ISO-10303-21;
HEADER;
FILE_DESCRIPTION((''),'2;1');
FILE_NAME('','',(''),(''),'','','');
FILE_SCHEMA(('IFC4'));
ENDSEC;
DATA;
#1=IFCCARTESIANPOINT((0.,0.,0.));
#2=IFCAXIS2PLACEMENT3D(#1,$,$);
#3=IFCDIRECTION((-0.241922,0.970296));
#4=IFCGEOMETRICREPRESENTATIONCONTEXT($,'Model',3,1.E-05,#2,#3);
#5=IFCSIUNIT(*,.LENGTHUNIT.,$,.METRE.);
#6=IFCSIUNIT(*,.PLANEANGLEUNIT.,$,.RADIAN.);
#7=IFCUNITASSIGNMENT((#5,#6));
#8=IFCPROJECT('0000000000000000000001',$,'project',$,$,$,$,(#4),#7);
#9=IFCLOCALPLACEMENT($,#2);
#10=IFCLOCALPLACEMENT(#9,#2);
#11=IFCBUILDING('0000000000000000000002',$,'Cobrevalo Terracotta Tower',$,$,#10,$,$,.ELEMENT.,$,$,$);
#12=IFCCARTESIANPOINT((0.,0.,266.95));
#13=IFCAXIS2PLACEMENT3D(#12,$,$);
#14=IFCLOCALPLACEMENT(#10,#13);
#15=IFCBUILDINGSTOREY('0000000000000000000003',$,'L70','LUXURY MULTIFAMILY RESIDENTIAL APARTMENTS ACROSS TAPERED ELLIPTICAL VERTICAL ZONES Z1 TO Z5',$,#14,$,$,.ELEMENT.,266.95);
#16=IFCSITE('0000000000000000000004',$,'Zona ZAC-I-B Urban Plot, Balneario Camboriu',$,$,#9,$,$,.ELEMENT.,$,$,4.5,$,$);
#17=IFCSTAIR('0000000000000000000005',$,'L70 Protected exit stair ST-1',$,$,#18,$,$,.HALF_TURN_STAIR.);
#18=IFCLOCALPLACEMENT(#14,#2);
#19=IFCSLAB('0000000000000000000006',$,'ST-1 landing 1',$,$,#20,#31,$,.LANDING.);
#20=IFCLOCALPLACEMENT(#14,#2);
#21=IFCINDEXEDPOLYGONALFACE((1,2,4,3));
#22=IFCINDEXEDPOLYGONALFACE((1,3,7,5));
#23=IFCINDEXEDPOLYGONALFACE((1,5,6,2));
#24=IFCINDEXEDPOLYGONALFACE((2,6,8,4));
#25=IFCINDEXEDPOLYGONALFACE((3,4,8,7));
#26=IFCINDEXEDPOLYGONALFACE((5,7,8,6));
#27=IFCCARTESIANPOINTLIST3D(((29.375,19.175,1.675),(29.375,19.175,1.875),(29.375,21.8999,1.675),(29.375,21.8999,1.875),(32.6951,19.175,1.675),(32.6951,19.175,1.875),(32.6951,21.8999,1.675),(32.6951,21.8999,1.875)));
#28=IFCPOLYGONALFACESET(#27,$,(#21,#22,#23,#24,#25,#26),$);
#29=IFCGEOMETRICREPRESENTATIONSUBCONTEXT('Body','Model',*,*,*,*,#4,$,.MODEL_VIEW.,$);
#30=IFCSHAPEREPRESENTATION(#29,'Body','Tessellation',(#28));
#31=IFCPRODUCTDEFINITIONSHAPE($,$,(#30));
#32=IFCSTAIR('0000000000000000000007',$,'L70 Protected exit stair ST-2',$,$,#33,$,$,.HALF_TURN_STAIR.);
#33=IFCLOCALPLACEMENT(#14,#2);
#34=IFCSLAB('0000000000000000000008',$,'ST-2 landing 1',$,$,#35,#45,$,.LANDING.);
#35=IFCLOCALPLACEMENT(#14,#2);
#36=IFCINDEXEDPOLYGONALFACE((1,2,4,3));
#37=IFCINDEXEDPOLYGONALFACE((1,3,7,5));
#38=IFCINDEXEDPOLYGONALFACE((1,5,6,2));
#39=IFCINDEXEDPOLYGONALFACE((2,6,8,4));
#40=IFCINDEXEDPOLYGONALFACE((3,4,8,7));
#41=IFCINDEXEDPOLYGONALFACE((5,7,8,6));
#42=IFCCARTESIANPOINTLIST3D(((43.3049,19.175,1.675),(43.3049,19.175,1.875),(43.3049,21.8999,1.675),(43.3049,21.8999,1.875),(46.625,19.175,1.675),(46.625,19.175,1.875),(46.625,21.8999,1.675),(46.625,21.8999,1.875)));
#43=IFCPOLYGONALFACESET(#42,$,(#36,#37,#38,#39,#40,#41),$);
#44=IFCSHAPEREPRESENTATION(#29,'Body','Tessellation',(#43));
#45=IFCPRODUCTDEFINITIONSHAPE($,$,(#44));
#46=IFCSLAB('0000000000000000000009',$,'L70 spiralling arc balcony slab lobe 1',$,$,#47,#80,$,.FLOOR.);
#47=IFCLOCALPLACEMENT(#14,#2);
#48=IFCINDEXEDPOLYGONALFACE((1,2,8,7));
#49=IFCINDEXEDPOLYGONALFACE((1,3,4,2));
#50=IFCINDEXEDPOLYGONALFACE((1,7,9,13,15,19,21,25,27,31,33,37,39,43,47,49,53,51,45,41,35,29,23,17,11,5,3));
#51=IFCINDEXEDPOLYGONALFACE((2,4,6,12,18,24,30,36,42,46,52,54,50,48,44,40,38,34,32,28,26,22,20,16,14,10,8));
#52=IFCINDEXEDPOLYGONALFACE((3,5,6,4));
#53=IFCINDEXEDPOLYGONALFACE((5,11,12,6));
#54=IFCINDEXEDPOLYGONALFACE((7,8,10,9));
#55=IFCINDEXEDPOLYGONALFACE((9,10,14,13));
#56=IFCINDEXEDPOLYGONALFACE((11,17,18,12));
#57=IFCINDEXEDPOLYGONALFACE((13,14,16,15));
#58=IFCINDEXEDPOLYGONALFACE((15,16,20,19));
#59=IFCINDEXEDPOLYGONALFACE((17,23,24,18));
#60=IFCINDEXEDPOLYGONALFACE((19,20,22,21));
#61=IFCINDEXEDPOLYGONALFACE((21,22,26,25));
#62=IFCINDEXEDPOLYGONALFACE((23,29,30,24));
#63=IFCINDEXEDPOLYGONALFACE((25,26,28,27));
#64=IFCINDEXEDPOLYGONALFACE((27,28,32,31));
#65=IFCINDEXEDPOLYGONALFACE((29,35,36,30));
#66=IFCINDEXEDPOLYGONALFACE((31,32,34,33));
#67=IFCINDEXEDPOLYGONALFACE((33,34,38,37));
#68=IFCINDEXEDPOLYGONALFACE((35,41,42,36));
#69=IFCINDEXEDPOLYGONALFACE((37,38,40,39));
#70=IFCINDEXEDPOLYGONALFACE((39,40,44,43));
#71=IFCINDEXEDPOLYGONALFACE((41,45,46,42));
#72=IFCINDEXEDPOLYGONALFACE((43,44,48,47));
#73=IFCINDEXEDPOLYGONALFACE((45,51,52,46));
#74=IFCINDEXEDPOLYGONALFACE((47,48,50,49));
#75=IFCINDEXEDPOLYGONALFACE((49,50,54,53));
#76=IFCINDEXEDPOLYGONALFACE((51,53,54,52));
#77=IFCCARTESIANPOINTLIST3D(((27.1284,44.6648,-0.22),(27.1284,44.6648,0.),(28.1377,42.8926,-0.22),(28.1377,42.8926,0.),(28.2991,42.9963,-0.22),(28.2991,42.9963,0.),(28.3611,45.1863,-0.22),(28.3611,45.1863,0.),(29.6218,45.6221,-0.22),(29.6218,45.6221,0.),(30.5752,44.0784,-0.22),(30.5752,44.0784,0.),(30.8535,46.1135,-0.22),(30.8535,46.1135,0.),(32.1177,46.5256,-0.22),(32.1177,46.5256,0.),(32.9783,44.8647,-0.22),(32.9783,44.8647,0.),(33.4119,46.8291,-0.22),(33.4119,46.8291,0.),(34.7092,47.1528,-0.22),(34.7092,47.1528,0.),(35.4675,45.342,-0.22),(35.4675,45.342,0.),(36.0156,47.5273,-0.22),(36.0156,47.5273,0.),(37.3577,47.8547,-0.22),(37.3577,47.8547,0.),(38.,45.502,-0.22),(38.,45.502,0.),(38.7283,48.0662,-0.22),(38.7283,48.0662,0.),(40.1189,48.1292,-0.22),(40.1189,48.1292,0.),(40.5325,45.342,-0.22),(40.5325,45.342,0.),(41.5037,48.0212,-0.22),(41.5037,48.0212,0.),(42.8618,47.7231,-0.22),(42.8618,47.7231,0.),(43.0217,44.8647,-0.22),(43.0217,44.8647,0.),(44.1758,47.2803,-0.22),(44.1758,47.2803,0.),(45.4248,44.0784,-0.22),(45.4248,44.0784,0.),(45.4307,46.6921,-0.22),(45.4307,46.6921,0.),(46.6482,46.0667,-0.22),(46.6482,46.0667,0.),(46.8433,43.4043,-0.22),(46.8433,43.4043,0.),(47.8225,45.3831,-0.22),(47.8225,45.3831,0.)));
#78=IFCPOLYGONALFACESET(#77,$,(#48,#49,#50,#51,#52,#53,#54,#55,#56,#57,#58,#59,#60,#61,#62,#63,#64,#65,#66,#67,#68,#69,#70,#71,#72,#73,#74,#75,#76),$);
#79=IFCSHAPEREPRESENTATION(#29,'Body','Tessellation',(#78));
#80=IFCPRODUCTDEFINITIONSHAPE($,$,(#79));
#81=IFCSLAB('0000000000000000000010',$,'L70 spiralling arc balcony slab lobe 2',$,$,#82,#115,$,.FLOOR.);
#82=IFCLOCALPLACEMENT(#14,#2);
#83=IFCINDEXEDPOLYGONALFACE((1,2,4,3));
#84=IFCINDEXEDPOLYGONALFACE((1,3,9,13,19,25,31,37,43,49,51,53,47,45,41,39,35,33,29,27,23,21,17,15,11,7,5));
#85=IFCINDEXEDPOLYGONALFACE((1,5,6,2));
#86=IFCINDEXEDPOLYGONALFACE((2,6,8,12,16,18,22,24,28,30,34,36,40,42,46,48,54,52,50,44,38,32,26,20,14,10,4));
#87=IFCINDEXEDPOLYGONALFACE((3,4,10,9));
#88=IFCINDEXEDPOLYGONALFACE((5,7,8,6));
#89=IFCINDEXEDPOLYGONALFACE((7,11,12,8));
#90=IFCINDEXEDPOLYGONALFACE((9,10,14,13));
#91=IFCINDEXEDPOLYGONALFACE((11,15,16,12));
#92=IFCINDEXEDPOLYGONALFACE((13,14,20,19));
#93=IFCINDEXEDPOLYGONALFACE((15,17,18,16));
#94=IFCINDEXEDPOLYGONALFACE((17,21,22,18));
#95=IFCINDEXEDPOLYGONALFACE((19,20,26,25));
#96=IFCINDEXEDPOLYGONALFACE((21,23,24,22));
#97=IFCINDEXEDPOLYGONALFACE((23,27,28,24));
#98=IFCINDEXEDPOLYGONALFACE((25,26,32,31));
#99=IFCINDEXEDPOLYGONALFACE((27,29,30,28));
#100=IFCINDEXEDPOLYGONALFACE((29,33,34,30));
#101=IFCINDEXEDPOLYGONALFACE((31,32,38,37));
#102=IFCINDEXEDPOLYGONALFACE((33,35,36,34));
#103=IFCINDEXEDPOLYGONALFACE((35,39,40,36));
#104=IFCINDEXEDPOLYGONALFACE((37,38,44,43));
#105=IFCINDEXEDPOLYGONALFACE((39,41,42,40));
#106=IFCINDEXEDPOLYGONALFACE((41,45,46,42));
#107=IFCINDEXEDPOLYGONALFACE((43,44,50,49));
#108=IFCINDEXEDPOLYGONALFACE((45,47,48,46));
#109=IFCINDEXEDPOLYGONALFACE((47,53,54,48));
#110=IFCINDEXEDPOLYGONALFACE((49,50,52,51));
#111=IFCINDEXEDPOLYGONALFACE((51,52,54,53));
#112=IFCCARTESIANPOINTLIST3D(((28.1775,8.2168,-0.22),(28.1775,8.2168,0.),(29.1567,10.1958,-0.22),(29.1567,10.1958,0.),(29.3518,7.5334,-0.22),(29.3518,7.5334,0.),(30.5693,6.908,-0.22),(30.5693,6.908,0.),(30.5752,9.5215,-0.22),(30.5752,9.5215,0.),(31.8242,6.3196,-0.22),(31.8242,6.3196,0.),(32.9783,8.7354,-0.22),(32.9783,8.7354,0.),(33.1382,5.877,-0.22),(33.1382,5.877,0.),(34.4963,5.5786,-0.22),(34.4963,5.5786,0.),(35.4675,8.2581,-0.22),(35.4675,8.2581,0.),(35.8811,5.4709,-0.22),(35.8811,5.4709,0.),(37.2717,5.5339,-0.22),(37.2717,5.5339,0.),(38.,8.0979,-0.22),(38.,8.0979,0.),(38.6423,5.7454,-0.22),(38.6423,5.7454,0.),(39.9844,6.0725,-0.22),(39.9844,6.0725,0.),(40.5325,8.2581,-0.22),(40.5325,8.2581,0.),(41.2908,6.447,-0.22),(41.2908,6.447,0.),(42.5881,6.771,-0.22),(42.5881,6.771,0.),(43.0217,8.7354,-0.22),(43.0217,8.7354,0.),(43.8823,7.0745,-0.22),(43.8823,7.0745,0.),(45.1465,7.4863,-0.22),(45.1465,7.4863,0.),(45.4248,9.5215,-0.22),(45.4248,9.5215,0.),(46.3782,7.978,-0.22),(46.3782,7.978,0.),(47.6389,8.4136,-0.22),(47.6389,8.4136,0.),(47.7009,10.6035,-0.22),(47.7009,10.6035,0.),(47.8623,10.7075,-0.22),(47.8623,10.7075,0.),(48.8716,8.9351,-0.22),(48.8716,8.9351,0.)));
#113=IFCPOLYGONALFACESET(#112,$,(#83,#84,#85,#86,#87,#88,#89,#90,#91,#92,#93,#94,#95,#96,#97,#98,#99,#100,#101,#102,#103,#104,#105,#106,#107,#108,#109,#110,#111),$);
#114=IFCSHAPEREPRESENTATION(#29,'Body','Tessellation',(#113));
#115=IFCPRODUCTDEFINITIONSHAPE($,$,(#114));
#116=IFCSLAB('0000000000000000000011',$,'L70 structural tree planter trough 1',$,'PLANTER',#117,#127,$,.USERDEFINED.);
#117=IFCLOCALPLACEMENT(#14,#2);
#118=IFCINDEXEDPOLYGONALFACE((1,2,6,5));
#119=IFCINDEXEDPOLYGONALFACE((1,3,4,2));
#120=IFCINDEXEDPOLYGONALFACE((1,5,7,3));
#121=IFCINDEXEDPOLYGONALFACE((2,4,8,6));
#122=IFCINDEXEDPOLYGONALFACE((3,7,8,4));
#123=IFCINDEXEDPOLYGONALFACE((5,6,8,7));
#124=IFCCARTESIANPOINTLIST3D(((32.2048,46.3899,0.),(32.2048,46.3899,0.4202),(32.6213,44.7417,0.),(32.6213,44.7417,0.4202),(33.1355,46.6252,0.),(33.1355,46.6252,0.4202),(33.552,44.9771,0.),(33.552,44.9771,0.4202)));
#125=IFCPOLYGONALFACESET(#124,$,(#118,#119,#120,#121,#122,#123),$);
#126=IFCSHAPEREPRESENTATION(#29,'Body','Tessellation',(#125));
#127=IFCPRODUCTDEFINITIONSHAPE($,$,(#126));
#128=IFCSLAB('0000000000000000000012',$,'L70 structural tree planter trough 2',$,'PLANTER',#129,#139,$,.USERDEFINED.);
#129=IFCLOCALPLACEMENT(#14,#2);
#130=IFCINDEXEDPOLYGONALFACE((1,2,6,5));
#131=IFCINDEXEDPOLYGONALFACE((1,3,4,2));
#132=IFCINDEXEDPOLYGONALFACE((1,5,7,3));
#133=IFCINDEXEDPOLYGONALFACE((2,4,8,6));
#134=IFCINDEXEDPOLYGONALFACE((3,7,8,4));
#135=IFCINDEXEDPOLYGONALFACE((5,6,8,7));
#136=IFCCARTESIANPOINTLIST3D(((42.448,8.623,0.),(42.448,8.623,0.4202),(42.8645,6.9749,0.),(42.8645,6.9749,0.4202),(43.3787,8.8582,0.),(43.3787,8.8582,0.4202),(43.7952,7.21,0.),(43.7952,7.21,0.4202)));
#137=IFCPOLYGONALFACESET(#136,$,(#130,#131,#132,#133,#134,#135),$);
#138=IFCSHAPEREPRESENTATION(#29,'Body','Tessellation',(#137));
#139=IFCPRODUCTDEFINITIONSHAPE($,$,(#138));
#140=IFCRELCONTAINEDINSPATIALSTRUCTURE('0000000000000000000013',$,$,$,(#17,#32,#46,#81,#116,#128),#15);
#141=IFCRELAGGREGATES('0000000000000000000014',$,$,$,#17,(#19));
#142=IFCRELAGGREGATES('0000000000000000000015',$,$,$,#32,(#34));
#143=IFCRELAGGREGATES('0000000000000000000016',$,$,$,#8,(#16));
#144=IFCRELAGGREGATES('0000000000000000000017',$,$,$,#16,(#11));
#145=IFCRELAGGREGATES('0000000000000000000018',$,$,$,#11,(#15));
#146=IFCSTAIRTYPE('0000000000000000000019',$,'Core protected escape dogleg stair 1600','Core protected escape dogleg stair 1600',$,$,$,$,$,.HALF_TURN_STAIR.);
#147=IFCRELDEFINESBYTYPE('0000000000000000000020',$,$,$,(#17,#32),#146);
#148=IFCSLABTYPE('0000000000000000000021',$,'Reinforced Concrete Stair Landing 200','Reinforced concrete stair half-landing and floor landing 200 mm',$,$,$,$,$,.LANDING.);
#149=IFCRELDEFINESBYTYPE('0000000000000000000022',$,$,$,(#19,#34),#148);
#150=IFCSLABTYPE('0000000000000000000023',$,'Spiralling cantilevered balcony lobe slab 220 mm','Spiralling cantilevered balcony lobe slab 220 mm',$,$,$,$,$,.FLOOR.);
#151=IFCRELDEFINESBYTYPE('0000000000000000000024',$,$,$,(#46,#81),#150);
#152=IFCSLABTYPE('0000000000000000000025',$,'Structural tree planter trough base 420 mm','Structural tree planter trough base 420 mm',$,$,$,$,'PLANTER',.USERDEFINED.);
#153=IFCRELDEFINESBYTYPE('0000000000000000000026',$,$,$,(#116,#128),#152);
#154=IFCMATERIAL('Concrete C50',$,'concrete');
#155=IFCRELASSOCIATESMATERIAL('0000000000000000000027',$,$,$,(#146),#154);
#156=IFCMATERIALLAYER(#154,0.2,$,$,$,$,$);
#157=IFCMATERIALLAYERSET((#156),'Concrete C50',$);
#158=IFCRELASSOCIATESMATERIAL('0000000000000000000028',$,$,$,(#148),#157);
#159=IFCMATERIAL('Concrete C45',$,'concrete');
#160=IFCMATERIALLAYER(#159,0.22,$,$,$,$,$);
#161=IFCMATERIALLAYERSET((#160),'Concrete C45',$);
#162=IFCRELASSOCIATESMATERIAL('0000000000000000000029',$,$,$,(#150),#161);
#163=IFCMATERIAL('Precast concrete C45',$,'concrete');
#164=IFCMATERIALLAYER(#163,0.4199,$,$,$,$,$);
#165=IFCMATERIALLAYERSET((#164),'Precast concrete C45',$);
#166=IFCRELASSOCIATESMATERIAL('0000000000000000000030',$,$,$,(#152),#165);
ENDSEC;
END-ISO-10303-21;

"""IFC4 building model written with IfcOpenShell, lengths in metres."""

from ifc_helpers import new_model, si_unit, direction, frame, origin, place, context, subcontext, project, spatial, polyline, outline, extrude, material, layer, layer_set, type_object, element, aggregate, save


model = new_model("IFC4")

# Units and contexts
model_context = context("Model", 3, precision=1e-05, world=origin(), true_north=direction((-0.241922, 0.970296)))
body_context = subcontext(model_context, "Body", "Model", "MODEL_VIEW")
ifc_project = project(units=[si_unit("LENGTHUNIT", "METRE"), si_unit("PLANEANGLEUNIT", "RADIAN")], contexts=[model_context])

# Site, building, storey
site_placement = place(None, origin())
site = spatial("IfcSite", under=ifc_project, at=site_placement, Name="Zona ZAC-I-B Urban Plot, Balneario Camboriu", CompositionType="ELEMENT", RefElevation=4.5)
building_placement = place(site_placement, origin())
building = spatial("IfcBuilding", under=site, at=building_placement, Name="Cobrevalo Terracotta Tower", CompositionType="ELEMENT")
storey_placement = place(building_placement, frame((0.0, 0.0, 266.95)))
storey = spatial("IfcBuildingStorey", under=building, at=storey_placement, Name="L70", Description="LUXURY MULTIFAMILY RESIDENTIAL APARTMENTS ACROSS TAPERED ELLIPTICAL VERTICAL ZONES Z1 TO Z5", CompositionType="ELEMENT", Elevation=266.95)

# Stairs, slabs
ifc_material_1 = material(Name="Concrete C50", Category="concrete")
stair_type = type_object("IfcStairType", Name="Core protected escape dogleg stair 1600", Description="Core protected escape dogleg stair 1600", PredefinedType="HALF_TURN_STAIR", material=ifc_material_1)
stair_1_placement = place(storey_placement, origin())
stair_1 = element("IfcStair", 1, at=stair_1_placement, inside=storey, type_object=stair_type, Name="L70 Protected exit stair ST-1", PredefinedType="HALF_TURN_STAIR")
ifc_layer_1 = layer(ifc_material_1, 0.2)
ifc_layer_set_1 = layer_set([ifc_layer_1], Name="Concrete C50")
slab_type_1 = type_object("IfcSlabType", Name="Reinforced Concrete Stair Landing 200", Description="Reinforced concrete stair half-landing and floor landing 200 mm", PredefinedType="LANDING", material=ifc_layer_set_1)
slab_1_placement = place(storey_placement, frame((0.0, 0.0, 1.675)))
slab_1 = element("IfcSlab", 2, at=slab_1_placement, type_object=slab_type_1, Name="ST-1 landing 1", PredefinedType="LANDING", context=body_context, shape_type="SweptSolid", body=[
    extrude(outline(polyline([(29.375, 21.8999), (29.375, 19.175), (32.6951, 19.175), (32.6951, 21.8999), (29.375, 21.8999)])), origin(), (0.0, 0.0, 1.0), 0.2),
])
aggregate(stair_1, [slab_1])
stair_2_placement = place(storey_placement, origin())
stair_2 = element("IfcStair", 3, at=stair_2_placement, inside=storey, type_object=stair_type, Name="L70 Protected exit stair ST-2", PredefinedType="HALF_TURN_STAIR")
slab_2_placement = place(storey_placement, frame((0.0, 0.0, 1.675)))
slab_2 = element("IfcSlab", 4, at=slab_2_placement, type_object=slab_type_1, Name="ST-2 landing 1", PredefinedType="LANDING", context=body_context, shape_type="SweptSolid", body=[
    extrude(outline(polyline([(43.3049, 21.8999), (43.3049, 19.175), (46.625, 19.175), (46.625, 21.8999), (43.3049, 21.8999)])), origin(), (0.0, 0.0, 1.0), 0.2),
])
aggregate(stair_2, [slab_2])

# Slabs
ifc_material_2 = material(Name="Concrete C45", Category="concrete")
ifc_layer_2 = layer(ifc_material_2, 0.22)
ifc_layer_set_2 = layer_set([ifc_layer_2], Name="Concrete C45")
slab_type_2 = type_object("IfcSlabType", Name="Spiralling cantilevered balcony lobe slab 220 mm", Description="Spiralling cantilevered balcony lobe slab 220 mm", PredefinedType="FLOOR", material=ifc_layer_set_2)
slab_3_placement = place(storey_placement, frame((0.0, 0.0, -0.22)))
element("IfcSlab", 5, at=slab_3_placement, inside=storey, type_object=slab_type_2, Name="L70 spiralling arc balcony slab lobe 1", PredefinedType="FLOOR", context=body_context, shape_type="SweptSolid", body=[
    extrude(outline(polyline([(47.8225, 45.3831), (46.6482, 46.0667), (45.4307, 46.6921), (44.1758, 47.2803), (42.8618, 47.7231), (41.5037, 48.0212), (40.1189, 48.1292), (38.7283, 48.0662), (37.3577, 47.8547), (36.0156, 47.5273), (34.7092, 47.1528), (33.4119, 46.8291), (32.1177, 46.5256), (30.8535, 46.1135), (29.6218, 45.6221), (28.3611, 45.1863), (27.1284, 44.6648), (28.1377, 42.8926), (28.2991, 42.9963), (30.5752, 44.0784), (32.9783, 44.8647), (35.4675, 45.342), (38.0, 45.502), (40.5325, 45.342), (43.0217, 44.8647), (45.4248, 44.0784), (46.8433, 43.4043), (47.8225, 45.3831)])), origin(), (0.0, 0.0, 1.0), 0.22),
])
slab_4_placement = place(storey_placement, frame((0.0, 0.0, -0.22)))
element("IfcSlab", 6, at=slab_4_placement, inside=storey, type_object=slab_type_2, Name="L70 spiralling arc balcony slab lobe 2", PredefinedType="FLOOR", context=body_context, shape_type="SweptSolid", body=[
    extrude(outline(polyline([(28.1775, 8.2168), (29.3518, 7.5334), (30.5693, 6.908), (31.8242, 6.3196), (33.1382, 5.877), (34.4963, 5.5786), (35.8811, 5.4709), (37.2717, 5.5339), (38.6423, 5.7454), (39.9844, 6.0725), (41.2908, 6.447), (42.5881, 6.771), (43.8823, 7.0745), (45.1465, 7.4863), (46.3782, 7.978), (47.6389, 8.4136), (48.8716, 8.9351), (47.8623, 10.7075), (47.7009, 10.6035), (45.4248, 9.5215), (43.0217, 8.7354), (40.5325, 8.2581), (38.0, 8.0979), (35.4675, 8.2581), (32.9783, 8.7354), (30.5752, 9.5215), (29.1567, 10.1958), (28.1775, 8.2168)])), origin(), (0.0, 0.0, 1.0), 0.22),
])
ifc_material_3 = material(Name="Precast concrete C45", Category="concrete")
ifc_layer_3 = layer(ifc_material_3, 0.4199)
ifc_layer_set_3 = layer_set([ifc_layer_3], Name="Precast concrete C45")
slab_type_3 = type_object("IfcSlabType", Name="Structural tree planter trough base 420 mm", Description="Structural tree planter trough base 420 mm", ElementType="PLANTER", PredefinedType="USERDEFINED", material=ifc_layer_set_3)
slab_5_placement = place(storey_placement, origin())
element("IfcSlab", 7, at=slab_5_placement, inside=storey, type_object=slab_type_3, Name="L70 structural tree planter trough 1", ObjectType="PLANTER", PredefinedType="USERDEFINED", context=body_context, shape_type="SweptSolid", body=[
    extrude(outline(polyline([(33.552, 44.9771), (33.1355, 46.6252), (32.2048, 46.3899), (32.6213, 44.7417), (33.552, 44.9771)])), origin(), (0.0, 0.0, 1.0), 0.4202),
])
slab_6_placement = place(storey_placement, origin())
element("IfcSlab", 8, at=slab_6_placement, inside=storey, type_object=slab_type_3, Name="L70 structural tree planter trough 2", ObjectType="PLANTER", PredefinedType="USERDEFINED", context=body_context, shape_type="SweptSolid", body=[
    extrude(outline(polyline([(42.448, 8.623), (42.8645, 6.9749), (43.7952, 7.21), (43.3787, 8.8582), (42.448, 8.623)])), origin(), (0.0, 0.0, 1.0), 0.4202),
])

save(model, "model.ifc")
